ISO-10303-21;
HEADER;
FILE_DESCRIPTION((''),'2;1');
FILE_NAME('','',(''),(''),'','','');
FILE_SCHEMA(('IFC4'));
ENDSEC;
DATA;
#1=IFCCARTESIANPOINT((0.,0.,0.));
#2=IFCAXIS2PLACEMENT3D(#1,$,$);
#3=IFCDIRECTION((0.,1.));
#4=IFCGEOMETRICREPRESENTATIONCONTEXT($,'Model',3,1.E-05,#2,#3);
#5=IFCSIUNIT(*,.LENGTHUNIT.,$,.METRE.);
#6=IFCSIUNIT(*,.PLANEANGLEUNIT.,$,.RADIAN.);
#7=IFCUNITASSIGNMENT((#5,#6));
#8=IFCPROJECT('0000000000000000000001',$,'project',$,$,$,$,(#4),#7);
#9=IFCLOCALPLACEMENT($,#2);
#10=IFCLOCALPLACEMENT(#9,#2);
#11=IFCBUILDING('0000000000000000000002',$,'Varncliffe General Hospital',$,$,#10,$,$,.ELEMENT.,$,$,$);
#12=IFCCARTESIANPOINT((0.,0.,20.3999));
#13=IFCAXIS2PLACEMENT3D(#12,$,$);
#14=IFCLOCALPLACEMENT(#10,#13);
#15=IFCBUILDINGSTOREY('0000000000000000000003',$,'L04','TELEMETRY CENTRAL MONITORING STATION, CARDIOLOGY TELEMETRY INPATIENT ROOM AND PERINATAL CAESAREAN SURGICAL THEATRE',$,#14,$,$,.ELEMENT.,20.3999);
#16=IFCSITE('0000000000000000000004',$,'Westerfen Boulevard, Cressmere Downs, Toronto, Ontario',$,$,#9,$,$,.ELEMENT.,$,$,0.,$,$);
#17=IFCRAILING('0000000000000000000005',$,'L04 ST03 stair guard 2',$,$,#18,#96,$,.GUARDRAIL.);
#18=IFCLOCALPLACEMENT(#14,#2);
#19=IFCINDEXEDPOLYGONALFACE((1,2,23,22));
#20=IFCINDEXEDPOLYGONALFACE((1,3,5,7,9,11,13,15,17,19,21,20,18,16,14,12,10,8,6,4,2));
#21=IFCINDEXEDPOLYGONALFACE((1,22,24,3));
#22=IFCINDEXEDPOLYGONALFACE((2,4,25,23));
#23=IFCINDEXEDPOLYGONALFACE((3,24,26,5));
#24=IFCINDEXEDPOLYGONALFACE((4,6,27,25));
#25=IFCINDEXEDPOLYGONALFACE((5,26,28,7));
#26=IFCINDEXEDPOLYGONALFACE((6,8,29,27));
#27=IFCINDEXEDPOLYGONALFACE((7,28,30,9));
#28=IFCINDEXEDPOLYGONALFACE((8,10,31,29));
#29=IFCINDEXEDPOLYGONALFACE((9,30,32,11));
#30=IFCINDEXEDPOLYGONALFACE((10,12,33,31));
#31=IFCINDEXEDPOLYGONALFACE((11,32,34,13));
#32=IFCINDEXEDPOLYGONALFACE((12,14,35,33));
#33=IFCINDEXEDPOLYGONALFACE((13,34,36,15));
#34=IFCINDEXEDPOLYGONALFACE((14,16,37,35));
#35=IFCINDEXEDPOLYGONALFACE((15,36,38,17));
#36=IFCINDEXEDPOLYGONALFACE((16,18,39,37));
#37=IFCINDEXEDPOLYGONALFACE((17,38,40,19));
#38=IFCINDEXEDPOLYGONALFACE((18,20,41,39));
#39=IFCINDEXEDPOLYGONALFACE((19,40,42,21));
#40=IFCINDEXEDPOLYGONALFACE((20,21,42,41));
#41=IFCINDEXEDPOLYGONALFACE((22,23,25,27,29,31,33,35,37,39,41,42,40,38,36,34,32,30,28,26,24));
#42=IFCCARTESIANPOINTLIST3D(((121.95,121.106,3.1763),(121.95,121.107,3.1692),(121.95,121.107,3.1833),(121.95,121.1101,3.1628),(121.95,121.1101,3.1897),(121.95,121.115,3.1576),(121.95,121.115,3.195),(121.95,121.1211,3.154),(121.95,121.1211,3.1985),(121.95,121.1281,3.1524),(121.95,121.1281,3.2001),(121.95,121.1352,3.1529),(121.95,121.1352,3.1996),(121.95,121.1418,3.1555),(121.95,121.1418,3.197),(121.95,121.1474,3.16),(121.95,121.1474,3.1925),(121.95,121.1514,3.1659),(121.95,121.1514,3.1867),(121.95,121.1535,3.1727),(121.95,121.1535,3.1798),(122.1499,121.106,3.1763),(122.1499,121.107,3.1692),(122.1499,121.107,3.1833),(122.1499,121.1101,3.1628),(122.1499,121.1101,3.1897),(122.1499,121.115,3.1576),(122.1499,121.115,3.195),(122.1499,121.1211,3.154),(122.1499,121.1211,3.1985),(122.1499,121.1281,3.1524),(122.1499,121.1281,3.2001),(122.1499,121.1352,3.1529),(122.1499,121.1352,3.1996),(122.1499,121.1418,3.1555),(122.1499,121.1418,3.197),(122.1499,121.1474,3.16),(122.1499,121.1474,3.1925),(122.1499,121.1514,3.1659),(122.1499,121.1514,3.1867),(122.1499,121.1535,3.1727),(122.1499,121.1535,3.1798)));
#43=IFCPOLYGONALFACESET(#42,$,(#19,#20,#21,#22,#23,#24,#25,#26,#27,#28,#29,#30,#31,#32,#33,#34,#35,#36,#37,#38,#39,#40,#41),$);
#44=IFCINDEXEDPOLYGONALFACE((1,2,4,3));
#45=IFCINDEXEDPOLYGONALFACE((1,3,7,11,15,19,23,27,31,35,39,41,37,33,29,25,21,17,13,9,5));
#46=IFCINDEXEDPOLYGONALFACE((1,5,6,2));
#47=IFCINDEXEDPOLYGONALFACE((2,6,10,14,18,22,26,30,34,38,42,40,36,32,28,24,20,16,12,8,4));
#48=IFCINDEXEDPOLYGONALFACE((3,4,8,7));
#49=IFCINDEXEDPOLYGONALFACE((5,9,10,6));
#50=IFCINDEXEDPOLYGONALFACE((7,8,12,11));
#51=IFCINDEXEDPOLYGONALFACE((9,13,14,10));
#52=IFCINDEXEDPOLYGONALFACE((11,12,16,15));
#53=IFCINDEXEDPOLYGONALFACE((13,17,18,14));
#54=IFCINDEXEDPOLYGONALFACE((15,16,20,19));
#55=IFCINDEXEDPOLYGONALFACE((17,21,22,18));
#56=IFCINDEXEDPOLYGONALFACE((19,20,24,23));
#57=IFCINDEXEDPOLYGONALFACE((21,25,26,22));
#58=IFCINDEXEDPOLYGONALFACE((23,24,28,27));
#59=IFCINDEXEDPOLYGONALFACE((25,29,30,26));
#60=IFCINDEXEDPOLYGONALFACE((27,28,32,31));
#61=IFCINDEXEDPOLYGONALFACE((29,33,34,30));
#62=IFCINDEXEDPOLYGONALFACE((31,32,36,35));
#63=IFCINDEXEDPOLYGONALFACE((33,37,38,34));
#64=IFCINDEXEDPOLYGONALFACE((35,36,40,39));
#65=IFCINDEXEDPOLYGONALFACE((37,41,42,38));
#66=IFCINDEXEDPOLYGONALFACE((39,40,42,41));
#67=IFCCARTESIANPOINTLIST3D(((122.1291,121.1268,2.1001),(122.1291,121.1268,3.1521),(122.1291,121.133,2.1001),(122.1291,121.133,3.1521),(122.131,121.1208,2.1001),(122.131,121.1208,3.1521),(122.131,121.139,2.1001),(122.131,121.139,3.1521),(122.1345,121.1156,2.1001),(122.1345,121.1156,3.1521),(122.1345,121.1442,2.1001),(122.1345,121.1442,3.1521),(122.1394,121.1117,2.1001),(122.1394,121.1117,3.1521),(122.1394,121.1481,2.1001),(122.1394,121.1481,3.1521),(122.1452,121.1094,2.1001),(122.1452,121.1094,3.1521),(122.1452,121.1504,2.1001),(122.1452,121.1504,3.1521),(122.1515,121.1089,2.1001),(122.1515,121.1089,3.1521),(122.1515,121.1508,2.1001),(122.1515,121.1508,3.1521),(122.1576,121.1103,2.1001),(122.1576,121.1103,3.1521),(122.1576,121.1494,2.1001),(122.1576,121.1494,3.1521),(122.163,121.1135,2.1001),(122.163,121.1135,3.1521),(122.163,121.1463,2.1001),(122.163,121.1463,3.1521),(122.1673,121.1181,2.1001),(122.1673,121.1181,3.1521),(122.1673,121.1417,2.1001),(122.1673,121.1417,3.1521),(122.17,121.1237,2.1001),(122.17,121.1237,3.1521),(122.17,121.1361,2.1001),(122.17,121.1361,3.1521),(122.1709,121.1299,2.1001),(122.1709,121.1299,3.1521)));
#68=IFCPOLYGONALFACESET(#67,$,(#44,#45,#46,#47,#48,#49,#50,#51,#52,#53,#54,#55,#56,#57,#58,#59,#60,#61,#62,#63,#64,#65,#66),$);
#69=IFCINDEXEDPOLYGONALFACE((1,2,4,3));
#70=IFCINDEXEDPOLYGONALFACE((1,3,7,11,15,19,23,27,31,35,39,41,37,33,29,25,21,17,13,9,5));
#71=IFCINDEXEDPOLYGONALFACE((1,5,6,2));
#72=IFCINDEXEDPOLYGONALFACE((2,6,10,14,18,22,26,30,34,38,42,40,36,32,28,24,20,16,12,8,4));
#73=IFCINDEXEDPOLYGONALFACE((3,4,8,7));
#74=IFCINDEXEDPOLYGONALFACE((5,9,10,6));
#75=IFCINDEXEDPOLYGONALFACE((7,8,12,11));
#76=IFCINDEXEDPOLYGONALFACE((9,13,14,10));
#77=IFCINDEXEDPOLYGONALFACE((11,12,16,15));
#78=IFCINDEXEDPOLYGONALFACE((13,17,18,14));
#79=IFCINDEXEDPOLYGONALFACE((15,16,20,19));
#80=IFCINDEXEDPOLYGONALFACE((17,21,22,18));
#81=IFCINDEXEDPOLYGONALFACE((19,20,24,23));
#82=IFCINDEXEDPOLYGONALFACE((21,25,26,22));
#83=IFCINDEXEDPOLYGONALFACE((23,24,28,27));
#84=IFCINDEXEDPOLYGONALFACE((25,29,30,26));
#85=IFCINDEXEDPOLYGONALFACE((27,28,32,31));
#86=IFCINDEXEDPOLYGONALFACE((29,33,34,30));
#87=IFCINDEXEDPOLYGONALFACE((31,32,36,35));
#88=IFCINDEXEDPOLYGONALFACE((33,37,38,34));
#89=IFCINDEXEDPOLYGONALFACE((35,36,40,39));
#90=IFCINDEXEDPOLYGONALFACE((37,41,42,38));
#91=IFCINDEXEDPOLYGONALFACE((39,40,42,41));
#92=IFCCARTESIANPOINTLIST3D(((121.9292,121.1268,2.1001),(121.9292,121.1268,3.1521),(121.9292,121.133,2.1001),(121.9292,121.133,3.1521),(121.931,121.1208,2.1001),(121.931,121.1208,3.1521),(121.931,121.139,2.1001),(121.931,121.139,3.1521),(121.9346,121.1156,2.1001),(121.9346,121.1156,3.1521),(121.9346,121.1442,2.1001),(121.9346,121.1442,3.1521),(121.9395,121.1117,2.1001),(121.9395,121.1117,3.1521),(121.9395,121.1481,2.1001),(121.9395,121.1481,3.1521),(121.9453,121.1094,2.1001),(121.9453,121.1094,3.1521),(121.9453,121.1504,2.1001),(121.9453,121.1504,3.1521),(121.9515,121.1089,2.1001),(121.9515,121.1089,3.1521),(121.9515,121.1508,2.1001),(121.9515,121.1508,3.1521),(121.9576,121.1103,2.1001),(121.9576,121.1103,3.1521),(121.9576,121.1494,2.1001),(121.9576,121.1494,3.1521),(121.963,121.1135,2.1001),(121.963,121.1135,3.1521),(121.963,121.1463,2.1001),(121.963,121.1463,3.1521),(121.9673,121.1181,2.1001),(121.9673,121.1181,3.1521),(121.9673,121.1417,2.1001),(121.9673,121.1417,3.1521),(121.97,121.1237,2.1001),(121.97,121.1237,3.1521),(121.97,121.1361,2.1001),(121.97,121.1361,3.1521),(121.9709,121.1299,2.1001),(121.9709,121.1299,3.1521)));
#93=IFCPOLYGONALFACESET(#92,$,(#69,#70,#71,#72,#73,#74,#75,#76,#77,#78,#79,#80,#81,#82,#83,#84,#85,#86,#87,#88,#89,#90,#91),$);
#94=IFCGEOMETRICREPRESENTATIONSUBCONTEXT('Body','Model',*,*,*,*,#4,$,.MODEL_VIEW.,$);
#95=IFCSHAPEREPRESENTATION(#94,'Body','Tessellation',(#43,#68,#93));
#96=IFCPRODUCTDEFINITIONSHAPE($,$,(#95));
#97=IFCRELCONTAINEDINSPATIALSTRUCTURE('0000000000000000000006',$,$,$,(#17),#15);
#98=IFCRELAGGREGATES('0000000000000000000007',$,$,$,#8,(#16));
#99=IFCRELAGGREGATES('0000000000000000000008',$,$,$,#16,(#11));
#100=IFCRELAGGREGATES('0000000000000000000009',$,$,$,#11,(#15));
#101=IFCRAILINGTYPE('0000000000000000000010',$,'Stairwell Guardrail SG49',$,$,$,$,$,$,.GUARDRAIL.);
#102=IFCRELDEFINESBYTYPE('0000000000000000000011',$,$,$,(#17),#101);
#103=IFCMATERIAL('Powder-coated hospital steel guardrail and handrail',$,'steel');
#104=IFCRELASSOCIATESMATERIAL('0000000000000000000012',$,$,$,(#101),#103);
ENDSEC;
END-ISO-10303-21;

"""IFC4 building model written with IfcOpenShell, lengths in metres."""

from ifc_helpers import new_model, si_unit, direction, frame, origin, origin_2d, place, context, subcontext, project, spatial, circle, extrude, material, type_object, element, save


model = new_model("IFC4")

# Units and contexts
model_context = context("Model", 3, precision=1e-05, world=origin(), true_north=direction((0.0, 1.0)))
body_context = subcontext(model_context, "Body", "Model", "MODEL_VIEW")
ifc_project = project(units=[si_unit("LENGTHUNIT", "METRE"), si_unit("PLANEANGLEUNIT", "RADIAN")], contexts=[model_context])

# Site, building, storey
site_placement = place(None, origin())
site = spatial("IfcSite", under=ifc_project, at=site_placement, Name="Westerfen Boulevard, Cressmere Downs, Toronto, Ontario", CompositionType="ELEMENT", RefElevation=0.0)
building_placement = place(site_placement, origin())
building = spatial("IfcBuilding", under=site, at=building_placement, Name="Varncliffe General Hospital", CompositionType="ELEMENT")
storey_placement = place(building_placement, frame((0.0, 0.0, 20.3999)))
storey = spatial("IfcBuildingStorey", under=building, at=storey_placement, Name="L04", Description="TELEMETRY CENTRAL MONITORING STATION, CARDIOLOGY TELEMETRY INPATIENT ROOM AND PERINATAL CAESAREAN SURGICAL THEATRE", CompositionType="ELEMENT", Elevation=20.3999)

# Railing
ifc_material_1 = material(Name="Powder-coated hospital steel guardrail and handrail", Category="steel")
railing_type_1 = type_object("IfcRailingType", Name="Stairwell Guardrail SG49", PredefinedType="GUARDRAIL", material=ifc_material_1)
railing_1_placement = place(storey_placement, frame((122.1499, 121.1299, 2.1001)))
element("IfcRailing", 1, at=railing_1_placement, inside=storey, type_object=railing_type_1, Name="L04 ST03 stair guard 2", PredefinedType="GUARDRAIL", context=body_context, shape_type="SweptSolid", body=[
    extrude(circle(Radius=0.0239, at=origin_2d()), frame((0.0, 0.0, 1.0762), z_axis=(-1.0, 0.0, 0.0), x_axis=(0.0, -1.0, 0.0)), (0.0, 0.0, 1.0), 0.2),
    extrude(circle(Radius=0.021, at=origin_2d()), origin(), (0.0, 0.0, 1.0), 1.052),
    extrude(circle(Radius=0.021, at=origin_2d()), frame((-0.2, 0.0, 0.0)), (0.0, 0.0, 1.0), 1.052),
])

save(model, "model.ifc")
